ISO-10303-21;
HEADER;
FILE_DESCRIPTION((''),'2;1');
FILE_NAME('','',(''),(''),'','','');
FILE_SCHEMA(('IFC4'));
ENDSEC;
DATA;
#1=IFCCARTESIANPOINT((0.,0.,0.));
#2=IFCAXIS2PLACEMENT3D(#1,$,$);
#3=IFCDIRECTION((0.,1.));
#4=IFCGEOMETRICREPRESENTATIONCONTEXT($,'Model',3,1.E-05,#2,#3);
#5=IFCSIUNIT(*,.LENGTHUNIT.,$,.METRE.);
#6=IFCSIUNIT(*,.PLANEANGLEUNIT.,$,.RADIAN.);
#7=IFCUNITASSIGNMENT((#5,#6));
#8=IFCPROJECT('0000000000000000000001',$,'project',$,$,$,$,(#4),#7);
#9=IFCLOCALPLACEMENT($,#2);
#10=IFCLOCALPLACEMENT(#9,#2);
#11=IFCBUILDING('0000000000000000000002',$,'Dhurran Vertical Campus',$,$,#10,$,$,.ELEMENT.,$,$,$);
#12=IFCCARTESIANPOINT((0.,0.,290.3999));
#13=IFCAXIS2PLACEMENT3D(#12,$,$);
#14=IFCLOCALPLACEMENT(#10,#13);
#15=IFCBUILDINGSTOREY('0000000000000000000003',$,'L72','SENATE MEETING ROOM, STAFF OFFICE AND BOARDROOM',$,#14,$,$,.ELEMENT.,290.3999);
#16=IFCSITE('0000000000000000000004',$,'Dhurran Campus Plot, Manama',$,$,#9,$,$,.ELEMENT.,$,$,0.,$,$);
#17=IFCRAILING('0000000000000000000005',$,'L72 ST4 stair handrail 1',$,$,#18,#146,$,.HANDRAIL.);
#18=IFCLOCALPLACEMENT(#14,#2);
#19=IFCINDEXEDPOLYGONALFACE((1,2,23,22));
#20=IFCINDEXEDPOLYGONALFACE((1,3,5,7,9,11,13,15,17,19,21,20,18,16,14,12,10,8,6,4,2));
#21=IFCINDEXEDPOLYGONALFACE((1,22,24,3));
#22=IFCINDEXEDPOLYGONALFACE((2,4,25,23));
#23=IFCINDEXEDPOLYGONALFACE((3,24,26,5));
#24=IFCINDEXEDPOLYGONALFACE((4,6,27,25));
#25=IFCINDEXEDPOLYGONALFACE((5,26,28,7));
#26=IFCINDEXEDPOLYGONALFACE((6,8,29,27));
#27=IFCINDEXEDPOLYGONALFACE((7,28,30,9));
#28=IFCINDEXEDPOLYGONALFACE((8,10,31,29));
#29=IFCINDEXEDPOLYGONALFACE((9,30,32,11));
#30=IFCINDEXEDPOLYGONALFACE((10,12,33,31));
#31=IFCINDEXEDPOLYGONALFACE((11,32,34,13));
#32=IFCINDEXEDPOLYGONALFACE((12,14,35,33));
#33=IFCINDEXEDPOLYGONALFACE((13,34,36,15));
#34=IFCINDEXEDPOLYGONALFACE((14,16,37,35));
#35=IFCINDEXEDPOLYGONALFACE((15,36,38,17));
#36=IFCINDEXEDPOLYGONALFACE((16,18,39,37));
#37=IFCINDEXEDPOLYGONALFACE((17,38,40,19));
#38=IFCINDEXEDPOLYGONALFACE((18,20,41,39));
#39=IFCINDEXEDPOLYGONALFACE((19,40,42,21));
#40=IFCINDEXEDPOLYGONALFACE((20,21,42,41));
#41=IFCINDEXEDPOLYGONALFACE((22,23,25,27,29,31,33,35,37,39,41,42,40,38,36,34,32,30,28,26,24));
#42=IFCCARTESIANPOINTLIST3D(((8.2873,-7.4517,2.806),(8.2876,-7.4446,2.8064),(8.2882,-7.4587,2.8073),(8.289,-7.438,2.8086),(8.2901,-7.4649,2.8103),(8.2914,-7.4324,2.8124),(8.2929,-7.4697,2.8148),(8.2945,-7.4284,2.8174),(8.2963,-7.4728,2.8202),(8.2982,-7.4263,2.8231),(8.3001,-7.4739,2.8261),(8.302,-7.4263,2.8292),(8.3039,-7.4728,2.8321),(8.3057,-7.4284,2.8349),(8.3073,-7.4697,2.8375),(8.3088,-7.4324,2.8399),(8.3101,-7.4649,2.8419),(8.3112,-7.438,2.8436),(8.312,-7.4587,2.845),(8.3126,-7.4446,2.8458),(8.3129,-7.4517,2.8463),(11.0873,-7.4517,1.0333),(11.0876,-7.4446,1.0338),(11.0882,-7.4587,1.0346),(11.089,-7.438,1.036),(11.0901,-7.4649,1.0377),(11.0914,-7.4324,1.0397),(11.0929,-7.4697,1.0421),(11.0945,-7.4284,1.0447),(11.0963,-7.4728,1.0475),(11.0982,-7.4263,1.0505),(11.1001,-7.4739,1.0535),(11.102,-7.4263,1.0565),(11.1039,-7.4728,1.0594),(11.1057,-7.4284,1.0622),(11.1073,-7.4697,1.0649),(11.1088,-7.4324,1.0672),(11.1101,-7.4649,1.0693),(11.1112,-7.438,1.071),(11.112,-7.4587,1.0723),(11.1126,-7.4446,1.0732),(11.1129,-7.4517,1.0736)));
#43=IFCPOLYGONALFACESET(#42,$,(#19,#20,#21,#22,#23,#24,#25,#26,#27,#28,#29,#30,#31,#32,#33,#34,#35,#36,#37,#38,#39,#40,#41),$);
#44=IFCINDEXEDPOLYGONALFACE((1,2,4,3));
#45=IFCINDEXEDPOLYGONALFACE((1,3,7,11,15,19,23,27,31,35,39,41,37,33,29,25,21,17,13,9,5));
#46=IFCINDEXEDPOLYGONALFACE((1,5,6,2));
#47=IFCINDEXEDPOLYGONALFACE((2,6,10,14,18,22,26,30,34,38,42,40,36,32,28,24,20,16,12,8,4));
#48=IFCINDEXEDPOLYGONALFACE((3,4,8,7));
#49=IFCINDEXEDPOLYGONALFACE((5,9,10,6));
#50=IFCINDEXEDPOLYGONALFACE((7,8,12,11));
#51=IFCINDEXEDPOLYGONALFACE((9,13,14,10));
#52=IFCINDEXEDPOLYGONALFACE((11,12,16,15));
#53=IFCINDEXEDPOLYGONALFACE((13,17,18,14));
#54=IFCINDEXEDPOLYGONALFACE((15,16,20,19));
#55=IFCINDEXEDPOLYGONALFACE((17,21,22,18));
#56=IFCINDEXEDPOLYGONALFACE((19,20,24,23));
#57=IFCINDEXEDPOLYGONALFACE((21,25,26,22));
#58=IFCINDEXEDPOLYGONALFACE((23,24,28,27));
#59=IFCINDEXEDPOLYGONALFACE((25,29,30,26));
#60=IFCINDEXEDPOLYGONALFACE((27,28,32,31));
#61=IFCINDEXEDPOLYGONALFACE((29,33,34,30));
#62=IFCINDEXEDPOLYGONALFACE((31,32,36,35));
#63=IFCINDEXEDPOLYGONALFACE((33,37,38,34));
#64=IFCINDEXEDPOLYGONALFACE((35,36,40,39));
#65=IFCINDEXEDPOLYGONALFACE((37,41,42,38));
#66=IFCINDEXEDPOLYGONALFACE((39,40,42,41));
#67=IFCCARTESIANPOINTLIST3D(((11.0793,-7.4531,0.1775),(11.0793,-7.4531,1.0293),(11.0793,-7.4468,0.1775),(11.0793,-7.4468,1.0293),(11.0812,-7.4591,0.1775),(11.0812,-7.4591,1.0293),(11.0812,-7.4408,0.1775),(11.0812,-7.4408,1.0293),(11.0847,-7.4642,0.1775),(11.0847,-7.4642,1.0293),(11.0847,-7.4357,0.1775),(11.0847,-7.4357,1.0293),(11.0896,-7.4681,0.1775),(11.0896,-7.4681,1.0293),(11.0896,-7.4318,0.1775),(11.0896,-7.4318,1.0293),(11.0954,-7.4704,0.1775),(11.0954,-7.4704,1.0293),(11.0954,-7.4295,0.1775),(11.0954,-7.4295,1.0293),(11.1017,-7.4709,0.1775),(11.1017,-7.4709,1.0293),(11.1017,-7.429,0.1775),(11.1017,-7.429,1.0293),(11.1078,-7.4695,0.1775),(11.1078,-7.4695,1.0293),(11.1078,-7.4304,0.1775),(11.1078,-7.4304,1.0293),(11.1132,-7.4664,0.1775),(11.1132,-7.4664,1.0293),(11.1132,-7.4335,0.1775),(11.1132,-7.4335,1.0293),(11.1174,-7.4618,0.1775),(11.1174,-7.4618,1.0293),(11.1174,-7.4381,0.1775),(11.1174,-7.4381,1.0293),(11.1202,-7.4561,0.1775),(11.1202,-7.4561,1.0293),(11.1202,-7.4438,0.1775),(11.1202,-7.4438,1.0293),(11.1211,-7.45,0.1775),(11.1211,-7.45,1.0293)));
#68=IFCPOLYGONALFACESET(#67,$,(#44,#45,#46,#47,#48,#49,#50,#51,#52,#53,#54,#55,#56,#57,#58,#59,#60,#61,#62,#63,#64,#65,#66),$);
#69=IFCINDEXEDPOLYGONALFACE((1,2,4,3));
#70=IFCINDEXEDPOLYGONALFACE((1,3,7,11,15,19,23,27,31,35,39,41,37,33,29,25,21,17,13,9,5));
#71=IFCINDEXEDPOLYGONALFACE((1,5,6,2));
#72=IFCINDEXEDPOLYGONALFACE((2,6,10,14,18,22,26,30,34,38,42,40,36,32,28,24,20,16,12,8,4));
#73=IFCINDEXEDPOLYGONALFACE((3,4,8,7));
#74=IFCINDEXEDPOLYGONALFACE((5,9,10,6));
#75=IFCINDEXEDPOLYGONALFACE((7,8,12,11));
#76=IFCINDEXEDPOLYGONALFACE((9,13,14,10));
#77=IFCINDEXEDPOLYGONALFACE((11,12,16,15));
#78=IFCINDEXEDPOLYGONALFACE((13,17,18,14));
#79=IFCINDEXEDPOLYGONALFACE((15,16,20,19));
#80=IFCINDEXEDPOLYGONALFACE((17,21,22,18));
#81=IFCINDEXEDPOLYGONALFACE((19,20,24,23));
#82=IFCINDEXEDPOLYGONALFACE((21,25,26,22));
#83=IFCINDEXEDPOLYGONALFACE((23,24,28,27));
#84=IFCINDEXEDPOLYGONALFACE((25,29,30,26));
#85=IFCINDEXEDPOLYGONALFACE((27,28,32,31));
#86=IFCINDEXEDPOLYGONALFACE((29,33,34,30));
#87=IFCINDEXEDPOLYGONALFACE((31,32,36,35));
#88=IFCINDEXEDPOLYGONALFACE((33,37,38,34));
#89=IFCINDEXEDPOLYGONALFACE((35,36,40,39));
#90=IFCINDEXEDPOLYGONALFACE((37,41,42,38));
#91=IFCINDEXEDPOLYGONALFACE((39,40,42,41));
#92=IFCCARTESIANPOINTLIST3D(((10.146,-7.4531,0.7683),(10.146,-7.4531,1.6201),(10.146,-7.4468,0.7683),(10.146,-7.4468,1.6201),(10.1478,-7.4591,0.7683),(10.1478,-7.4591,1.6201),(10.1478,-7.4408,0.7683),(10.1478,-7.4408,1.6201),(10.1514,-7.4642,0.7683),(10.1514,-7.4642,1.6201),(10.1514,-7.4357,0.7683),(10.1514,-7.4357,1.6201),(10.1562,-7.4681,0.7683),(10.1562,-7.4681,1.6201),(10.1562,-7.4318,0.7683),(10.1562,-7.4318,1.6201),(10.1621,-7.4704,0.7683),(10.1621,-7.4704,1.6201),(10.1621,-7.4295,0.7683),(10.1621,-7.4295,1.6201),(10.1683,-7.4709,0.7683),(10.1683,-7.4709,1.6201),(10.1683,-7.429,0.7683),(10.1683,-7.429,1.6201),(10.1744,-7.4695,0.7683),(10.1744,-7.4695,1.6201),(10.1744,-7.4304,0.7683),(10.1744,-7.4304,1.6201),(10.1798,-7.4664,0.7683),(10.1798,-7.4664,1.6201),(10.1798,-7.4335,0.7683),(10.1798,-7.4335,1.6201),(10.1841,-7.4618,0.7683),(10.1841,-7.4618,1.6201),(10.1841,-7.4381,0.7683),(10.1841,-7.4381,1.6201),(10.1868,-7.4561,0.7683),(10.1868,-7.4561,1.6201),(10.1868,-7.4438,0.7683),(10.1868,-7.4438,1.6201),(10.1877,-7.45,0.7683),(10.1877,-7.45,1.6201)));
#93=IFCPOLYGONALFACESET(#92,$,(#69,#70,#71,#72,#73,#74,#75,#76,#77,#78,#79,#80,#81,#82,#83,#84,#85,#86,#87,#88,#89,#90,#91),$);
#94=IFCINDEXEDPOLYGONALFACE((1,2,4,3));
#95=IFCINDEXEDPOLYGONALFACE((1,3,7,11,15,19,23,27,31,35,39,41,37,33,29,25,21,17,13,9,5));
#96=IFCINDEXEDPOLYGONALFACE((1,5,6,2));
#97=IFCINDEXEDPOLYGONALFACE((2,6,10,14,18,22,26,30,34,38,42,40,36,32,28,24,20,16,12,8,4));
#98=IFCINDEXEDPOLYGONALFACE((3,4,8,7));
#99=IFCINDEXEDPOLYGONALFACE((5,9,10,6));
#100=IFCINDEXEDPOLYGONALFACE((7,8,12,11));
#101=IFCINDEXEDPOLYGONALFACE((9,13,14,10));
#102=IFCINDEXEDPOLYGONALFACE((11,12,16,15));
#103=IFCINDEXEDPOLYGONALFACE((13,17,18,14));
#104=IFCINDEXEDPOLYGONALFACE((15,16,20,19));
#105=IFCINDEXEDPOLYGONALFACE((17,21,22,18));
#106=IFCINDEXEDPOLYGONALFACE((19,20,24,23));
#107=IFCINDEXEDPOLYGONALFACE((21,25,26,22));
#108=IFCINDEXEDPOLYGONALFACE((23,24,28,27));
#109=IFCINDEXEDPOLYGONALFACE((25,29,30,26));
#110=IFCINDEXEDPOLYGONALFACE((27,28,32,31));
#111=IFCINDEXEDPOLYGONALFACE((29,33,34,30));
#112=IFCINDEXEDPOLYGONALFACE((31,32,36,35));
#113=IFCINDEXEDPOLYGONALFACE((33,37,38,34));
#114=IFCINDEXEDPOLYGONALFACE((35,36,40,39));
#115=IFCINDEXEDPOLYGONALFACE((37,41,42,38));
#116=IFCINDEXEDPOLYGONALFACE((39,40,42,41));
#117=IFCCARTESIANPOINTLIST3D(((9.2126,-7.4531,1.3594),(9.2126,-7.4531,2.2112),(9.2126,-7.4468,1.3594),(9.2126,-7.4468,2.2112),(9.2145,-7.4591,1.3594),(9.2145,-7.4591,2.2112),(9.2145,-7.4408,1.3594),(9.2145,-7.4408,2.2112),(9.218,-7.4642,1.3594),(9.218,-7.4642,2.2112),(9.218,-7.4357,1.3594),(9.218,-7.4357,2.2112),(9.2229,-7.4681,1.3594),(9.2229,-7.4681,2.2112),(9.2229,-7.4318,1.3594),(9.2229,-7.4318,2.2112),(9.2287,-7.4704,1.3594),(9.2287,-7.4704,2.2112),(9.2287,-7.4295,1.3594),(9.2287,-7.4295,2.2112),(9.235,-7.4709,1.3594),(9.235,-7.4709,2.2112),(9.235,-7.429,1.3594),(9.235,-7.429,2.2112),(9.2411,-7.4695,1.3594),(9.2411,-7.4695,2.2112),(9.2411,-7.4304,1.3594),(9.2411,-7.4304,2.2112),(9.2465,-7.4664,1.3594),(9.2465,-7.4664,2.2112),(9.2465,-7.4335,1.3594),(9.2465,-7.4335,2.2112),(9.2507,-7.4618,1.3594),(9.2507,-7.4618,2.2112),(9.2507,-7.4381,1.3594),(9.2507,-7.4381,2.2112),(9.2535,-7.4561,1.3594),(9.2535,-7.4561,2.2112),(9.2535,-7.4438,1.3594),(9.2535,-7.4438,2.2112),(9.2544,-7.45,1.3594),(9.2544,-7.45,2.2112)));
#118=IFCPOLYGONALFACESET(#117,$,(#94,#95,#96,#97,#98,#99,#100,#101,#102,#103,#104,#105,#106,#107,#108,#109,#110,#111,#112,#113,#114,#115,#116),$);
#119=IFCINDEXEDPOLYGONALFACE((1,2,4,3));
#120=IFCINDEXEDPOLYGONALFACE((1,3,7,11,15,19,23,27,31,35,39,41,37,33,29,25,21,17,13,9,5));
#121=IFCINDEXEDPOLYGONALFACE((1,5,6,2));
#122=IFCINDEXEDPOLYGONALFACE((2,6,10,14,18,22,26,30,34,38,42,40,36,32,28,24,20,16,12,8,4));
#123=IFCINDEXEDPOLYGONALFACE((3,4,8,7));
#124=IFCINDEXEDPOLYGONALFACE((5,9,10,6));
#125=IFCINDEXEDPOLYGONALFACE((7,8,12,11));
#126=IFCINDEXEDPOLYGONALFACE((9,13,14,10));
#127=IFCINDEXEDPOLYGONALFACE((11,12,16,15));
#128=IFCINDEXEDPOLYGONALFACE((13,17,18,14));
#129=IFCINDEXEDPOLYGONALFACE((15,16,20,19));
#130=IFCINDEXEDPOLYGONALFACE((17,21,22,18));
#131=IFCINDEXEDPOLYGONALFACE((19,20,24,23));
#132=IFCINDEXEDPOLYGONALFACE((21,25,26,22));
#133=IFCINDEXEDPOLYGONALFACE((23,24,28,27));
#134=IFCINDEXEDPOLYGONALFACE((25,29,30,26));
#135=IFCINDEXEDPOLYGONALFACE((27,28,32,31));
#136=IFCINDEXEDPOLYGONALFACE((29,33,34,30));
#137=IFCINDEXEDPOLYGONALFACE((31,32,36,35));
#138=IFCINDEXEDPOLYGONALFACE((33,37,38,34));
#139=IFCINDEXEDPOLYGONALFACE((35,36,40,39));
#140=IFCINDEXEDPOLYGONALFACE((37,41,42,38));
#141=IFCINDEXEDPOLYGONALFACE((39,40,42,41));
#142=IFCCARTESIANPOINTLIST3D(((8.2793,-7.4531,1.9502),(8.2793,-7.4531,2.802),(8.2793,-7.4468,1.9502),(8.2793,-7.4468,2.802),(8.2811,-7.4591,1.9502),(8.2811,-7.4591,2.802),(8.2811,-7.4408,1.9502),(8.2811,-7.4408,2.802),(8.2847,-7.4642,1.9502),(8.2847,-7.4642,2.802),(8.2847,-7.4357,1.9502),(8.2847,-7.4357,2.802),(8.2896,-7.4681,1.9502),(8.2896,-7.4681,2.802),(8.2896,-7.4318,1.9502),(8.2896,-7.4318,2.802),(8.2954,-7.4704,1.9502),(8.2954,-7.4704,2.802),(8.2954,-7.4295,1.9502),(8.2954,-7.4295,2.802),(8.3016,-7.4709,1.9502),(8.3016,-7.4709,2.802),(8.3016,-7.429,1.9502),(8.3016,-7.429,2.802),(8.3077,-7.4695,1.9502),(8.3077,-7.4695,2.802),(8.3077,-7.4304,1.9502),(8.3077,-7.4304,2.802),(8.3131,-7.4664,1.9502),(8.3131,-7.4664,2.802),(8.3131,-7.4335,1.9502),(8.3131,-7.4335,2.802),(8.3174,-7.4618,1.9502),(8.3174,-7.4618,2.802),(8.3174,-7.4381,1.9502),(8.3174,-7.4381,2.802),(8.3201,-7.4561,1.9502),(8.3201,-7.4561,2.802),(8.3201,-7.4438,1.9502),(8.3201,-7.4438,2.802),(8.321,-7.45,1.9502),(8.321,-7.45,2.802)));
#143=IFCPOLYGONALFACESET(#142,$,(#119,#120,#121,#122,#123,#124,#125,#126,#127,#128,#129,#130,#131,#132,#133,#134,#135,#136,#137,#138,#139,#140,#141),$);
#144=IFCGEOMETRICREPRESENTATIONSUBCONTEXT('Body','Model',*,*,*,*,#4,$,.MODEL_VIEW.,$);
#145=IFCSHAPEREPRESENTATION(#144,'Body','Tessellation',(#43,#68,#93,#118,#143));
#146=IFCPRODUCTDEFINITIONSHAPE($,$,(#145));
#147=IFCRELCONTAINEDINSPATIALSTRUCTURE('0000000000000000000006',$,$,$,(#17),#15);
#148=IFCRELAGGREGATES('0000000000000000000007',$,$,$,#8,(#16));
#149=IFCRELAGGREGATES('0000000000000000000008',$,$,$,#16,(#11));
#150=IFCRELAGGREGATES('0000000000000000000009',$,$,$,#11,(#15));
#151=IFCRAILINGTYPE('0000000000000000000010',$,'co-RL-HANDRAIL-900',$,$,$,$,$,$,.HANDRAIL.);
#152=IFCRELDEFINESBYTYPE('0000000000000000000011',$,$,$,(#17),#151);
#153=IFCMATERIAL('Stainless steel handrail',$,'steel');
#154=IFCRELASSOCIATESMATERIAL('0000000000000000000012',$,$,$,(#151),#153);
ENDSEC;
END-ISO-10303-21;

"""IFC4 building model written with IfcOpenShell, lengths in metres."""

from ifc_helpers import new_model, si_unit, direction, frame, origin, origin_2d, place, context, subcontext, project, spatial, circle, extrude, material, type_object, element, save


model = new_model("IFC4")

# Units and contexts
model_context = context("Model", 3, precision=1e-05, world=origin(), true_north=direction((0.0, 1.0)))
body_context = subcontext(model_context, "Body", "Model", "MODEL_VIEW")
ifc_project = project(units=[si_unit("LENGTHUNIT", "METRE"), si_unit("PLANEANGLEUNIT", "RADIAN")], contexts=[model_context])

# Site, building, storey
site_placement = place(None, origin())
site = spatial("IfcSite", under=ifc_project, at=site_placement, Name="Dhurran Campus Plot, Manama", CompositionType="ELEMENT", RefElevation=0.0)
building_placement = place(site_placement, origin())
building = spatial("IfcBuilding", under=site, at=building_placement, Name="Dhurran Vertical Campus", CompositionType="ELEMENT")
storey_placement = place(building_placement, frame((0.0, 0.0, 290.3999)))
storey = spatial("IfcBuildingStorey", under=building, at=storey_placement, Name="L72", Description="SENATE MEETING ROOM, STAFF OFFICE AND BOARDROOM", CompositionType="ELEMENT", Elevation=290.3999)

# Railing
ifc_material_1 = material(Name="Stainless steel handrail", Category="steel")
railing_type = type_object("IfcRailingType", Name="co-RL-HANDRAIL-900", PredefinedType="HANDRAIL", material=ifc_material_1)
railing_placement = place(storey_placement, frame((11.1001, -7.45, 0.1775)))
element("IfcRailing", 1, at=railing_placement, inside=storey, type_object=railing_type, Name="L72 ST4 stair handrail 1", PredefinedType="HANDRAIL", context=body_context, shape_type="SweptSolid", body=[
    extrude(circle(Radius=0.0239, at=origin_2d()), frame((0.0, 0.0, 0.876), z_axis=(-0.844909, 0.0, 0.53491), x_axis=(0.0, -1.0, 0.0)), (0.0, 0.0, 1.0), 3.314),
    extrude(circle(Radius=0.021, at=origin_2d()), origin(), (0.0, 0.0, 1.0), 0.8518),
    extrude(circle(Radius=0.021, at=origin_2d()), frame((-0.9333, 0.0, 0.5908)), (0.0, 0.0, 1.0), 0.8518),
    extrude(circle(Radius=0.021, at=origin_2d()), frame((-1.8667, 0.0, 1.1819)), (0.0, 0.0, 1.0), 0.8518),
    extrude(circle(Radius=0.021, at=origin_2d()), frame((-2.8, 0.0, 1.7727)), (0.0, 0.0, 1.0), 0.8518),
])

save(model, "model.ifc")
